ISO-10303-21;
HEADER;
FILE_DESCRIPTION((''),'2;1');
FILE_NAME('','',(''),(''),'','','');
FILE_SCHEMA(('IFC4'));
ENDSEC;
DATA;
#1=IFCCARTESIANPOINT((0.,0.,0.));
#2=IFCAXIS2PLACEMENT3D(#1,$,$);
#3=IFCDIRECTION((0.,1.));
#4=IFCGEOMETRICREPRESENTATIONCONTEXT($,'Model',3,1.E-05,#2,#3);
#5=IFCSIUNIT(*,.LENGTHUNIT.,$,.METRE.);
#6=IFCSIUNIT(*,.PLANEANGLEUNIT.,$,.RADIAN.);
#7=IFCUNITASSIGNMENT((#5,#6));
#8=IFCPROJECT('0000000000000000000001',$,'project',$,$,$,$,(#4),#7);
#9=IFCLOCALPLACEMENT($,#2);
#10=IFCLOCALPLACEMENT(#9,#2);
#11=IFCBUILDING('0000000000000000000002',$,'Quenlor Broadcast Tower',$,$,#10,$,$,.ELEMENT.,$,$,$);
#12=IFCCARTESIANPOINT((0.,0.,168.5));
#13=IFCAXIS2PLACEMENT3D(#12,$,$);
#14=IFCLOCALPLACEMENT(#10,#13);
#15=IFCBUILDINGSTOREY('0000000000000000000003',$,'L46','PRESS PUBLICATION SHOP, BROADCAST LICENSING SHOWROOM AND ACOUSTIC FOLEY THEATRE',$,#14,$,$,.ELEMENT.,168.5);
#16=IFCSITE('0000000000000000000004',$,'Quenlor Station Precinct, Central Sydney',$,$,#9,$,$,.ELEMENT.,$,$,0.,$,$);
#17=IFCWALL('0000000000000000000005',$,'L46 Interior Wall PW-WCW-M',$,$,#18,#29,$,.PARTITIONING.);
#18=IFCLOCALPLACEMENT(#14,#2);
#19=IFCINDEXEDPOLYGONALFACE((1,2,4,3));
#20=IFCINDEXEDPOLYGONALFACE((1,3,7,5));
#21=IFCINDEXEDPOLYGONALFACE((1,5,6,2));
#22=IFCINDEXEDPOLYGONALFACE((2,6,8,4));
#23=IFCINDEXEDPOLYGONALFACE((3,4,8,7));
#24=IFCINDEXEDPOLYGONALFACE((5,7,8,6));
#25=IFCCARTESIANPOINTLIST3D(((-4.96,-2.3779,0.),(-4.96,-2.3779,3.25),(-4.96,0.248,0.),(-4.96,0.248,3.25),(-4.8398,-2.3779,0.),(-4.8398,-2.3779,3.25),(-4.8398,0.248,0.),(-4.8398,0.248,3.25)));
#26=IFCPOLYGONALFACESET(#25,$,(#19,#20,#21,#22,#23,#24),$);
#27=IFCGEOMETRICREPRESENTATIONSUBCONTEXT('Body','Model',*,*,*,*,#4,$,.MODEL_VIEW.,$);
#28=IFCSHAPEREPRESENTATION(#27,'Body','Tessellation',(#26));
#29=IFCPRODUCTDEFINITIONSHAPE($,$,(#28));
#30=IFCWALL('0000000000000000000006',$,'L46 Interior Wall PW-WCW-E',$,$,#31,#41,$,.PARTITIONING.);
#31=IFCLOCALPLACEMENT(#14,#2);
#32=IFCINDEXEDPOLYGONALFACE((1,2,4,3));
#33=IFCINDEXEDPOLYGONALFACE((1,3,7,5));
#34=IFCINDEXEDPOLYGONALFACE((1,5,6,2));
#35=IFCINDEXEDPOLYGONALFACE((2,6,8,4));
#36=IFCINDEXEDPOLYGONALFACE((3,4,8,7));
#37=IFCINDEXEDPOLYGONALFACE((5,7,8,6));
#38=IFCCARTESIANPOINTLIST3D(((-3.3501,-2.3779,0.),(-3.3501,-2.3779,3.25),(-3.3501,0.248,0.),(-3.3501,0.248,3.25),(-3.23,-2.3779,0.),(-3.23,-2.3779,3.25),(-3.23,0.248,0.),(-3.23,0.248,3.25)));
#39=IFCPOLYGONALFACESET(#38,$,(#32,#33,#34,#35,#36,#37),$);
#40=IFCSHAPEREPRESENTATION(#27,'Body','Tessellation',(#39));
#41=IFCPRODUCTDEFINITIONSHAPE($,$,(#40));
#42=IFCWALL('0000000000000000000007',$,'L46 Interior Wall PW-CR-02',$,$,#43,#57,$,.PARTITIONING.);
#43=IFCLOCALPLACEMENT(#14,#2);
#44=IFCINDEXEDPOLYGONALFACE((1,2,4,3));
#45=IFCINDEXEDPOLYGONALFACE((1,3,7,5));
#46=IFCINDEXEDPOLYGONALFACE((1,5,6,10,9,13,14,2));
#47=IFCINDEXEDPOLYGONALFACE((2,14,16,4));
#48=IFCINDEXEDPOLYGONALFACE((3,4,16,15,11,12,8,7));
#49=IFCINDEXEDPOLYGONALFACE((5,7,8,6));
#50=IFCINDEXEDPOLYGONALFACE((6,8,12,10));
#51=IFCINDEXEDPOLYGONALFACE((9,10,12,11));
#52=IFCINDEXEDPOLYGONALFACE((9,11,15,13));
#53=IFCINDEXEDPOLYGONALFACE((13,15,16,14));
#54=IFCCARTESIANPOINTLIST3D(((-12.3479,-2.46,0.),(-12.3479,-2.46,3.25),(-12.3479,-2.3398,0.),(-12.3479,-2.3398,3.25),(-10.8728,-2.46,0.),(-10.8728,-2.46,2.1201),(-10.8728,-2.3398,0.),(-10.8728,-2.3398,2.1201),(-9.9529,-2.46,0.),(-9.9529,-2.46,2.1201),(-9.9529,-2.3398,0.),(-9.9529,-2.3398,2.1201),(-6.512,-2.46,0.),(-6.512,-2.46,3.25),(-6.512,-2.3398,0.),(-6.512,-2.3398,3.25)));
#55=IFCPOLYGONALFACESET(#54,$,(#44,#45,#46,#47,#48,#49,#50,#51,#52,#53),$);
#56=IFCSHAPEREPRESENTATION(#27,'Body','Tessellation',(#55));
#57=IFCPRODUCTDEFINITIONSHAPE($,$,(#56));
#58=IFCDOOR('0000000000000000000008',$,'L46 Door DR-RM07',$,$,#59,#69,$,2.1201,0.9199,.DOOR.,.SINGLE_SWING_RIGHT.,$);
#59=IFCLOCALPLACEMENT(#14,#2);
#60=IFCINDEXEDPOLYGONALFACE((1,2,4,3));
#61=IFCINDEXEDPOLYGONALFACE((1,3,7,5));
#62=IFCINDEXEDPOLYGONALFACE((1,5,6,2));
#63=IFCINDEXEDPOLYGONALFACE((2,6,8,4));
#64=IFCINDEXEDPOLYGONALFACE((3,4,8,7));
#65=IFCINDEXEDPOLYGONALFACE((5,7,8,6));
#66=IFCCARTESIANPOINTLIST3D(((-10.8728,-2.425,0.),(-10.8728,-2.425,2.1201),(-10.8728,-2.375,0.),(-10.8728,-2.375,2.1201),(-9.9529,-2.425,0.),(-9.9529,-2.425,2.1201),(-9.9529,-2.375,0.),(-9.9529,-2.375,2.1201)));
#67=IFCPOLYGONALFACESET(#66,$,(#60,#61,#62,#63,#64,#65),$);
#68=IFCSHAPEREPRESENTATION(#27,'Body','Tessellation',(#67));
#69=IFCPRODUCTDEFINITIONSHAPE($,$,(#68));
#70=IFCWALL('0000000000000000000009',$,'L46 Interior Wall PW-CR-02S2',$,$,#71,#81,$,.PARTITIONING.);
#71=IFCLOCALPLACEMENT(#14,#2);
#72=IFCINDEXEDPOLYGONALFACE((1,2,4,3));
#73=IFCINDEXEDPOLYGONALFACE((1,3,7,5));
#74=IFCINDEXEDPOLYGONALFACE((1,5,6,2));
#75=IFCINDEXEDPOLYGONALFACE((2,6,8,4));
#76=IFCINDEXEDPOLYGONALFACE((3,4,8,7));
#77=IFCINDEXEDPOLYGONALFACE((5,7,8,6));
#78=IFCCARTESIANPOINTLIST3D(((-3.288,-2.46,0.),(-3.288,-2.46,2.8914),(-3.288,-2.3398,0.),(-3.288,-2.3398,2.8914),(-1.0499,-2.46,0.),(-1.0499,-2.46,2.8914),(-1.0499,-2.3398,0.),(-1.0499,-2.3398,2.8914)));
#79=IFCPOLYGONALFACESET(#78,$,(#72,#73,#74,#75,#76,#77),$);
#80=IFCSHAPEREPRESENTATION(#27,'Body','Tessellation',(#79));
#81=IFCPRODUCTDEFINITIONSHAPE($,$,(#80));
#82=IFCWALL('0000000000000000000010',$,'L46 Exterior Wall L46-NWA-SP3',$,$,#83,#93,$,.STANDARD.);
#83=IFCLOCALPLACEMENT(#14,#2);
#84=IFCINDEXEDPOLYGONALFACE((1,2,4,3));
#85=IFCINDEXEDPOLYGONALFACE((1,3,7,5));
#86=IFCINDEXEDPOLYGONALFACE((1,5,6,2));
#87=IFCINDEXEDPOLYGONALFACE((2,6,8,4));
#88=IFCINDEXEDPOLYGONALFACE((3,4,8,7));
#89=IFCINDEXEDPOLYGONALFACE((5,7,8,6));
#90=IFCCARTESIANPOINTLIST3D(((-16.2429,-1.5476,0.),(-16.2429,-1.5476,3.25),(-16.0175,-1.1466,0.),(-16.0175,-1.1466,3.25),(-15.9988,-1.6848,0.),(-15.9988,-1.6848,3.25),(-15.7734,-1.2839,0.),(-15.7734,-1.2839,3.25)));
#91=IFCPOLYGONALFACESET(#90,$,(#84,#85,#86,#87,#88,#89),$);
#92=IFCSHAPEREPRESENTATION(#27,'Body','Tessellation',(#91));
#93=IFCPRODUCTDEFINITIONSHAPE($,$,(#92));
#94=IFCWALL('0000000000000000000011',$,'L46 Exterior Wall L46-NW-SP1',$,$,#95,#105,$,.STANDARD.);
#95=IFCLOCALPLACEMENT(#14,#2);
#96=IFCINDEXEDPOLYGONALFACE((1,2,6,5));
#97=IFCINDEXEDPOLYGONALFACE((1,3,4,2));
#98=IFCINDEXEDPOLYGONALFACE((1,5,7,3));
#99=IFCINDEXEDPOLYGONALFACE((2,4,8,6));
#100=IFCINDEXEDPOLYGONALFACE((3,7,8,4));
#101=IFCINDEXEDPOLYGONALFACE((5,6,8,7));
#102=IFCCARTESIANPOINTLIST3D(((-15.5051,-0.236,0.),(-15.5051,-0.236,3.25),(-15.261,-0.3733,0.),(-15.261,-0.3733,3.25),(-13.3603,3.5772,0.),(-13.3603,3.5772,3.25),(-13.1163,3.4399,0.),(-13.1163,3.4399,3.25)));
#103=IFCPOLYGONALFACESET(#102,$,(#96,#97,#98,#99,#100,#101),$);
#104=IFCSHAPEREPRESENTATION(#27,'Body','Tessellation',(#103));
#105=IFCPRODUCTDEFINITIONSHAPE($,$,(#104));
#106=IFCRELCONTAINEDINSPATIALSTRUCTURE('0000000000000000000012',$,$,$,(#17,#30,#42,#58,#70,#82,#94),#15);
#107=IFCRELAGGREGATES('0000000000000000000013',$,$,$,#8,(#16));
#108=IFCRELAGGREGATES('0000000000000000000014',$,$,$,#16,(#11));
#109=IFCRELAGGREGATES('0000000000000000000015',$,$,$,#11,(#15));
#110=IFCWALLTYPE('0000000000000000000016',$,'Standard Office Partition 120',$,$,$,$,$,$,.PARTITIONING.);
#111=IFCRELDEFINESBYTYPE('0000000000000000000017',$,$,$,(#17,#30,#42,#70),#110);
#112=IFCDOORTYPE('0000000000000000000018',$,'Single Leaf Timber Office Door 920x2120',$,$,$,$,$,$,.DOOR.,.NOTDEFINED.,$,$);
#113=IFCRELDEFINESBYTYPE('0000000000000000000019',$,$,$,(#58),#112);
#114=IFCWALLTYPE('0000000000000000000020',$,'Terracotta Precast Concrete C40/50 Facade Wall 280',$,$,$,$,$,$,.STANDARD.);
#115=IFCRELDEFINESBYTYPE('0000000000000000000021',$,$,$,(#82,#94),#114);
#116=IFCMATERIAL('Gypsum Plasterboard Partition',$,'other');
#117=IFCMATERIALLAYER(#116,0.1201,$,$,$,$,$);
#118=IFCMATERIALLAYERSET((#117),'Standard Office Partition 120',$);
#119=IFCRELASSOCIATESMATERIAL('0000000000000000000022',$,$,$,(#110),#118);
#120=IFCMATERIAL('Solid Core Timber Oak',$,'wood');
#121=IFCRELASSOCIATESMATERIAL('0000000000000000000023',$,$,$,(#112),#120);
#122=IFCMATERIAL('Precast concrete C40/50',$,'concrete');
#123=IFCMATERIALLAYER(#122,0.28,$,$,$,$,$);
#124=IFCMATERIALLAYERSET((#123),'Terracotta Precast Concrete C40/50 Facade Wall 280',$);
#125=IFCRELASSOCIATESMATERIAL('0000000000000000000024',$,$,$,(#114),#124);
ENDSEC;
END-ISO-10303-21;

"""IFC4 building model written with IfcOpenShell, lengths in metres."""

from ifc_helpers import new_model, si_unit, direction, frame, frame_2d, origin, place, context, subcontext, project, spatial, rectangle, extrude, material, layer, layer_set, type_object, element, fill, save


model = new_model("IFC4")

# Units and contexts
model_context = context("Model", 3, precision=1e-05, world=origin(), true_north=direction((0.0, 1.0)))
body_context = subcontext(model_context, "Body", "Model", "MODEL_VIEW")
ifc_project = project(units=[si_unit("LENGTHUNIT", "METRE"), si_unit("PLANEANGLEUNIT", "RADIAN")], contexts=[model_context])

# Site, building, storey
site_placement = place(None, origin())
site = spatial("IfcSite", under=ifc_project, at=site_placement, Name="Quenlor Station Precinct, Central Sydney", CompositionType="ELEMENT", RefElevation=0.0)
building_placement = place(site_placement, origin())
building = spatial("IfcBuilding", under=site, at=building_placement, Name="Quenlor Broadcast Tower", CompositionType="ELEMENT")
storey_placement = place(building_placement, frame((0.0, 0.0, 168.5)))
storey = spatial("IfcBuildingStorey", under=building, at=storey_placement, Name="L46", Description="PRESS PUBLICATION SHOP, BROADCAST LICENSING SHOWROOM AND ACOUSTIC FOLEY THEATRE", CompositionType="ELEMENT", Elevation=168.5)

# Shared definitions
ifc_material_1 = material(Name="Gypsum Plasterboard Partition", Category="other")
ifc_layer_1 = layer(ifc_material_1, 0.1201)
ifc_layer_set_1 = layer_set([ifc_layer_1], Name="Standard Office Partition 120")
wall_type_1 = type_object("IfcWallType", Name="Standard Office Partition 120", PredefinedType="PARTITIONING", material=ifc_layer_set_1)

# Walls
for number, where, z_axis, x_axis, name in (
    (1, (-4.8999, -2.3779, 0.0), (0.0, 0.0, 1.0), (0.0, 1.0, 0.0), "L46 Interior Wall PW-WCW-M"),
    (2, (-3.29, -2.3779, 0.0), (0.0, 0.0, 1.0), (0.0, 1.0, 0.0), "L46 Interior Wall PW-WCW-E"),
):
    element("IfcWall", number, at=place(storey_placement, frame(where, z_axis=z_axis, x_axis=x_axis)), inside=storey, type_object=wall_type_1, Name=name, PredefinedType="PARTITIONING", context=body_context, shape_type="SweptSolid", body=[
        extrude(rectangle(XDim=2.626, YDim=0.1201, at=frame_2d((1.313, 0.0))), origin(), (0.0, 0.0, 1.0), 3.25),
    ])

# Wall, opening, door
wall_1_placement = place(storey_placement, frame((-12.3479, -2.3999, 0.0), z_axis=(0.0, 0.0, 1.0), x_axis=(1.0, 0.0, 0.0)))
wall_1 = element("IfcWall", 3, at=wall_1_placement, inside=storey, type_object=wall_type_1, Name="L46 Interior Wall PW-CR-02", PredefinedType="PARTITIONING", context=body_context, shape_type="SweptSolid", body=[
    extrude(rectangle(XDim=5.8359, YDim=0.1201, at=frame_2d((2.918, 0.0))), origin(), (0.0, 0.0, 1.0), 3.25),
])
opening_1_placement = place(wall_1_placement, frame((1.4751, 0.0, 0.0)))
opening_1 = element("IfcOpeningElement", 4, at=opening_1_placement, cuts=wall_1, PredefinedType="OPENING", context=body_context, shape_type="SweptSolid", body=[
    extrude(rectangle(XDim=0.9199, YDim=2.1201, at=frame_2d((0.46, 1.0601))), frame((0.0, 0.0701, 0.0), z_axis=(0.0, -1.0, 0.0), x_axis=(1.0, 0.0, 0.0)), (0.0, 0.0, 1.0), 0.1401),
])
ifc_material_2 = material(Name="Solid Core Timber Oak", Category="wood")
door_type_1 = type_object("IfcDoorType", Name="Single Leaf Timber Office Door 920x2120", OperationType="NOTDEFINED", PredefinedType="DOOR", material=ifc_material_2)
door_1_placement = place(opening_1_placement, origin())
door_1 = element("IfcDoor", 5, at=door_1_placement, inside=storey, type_object=door_type_1, Name="L46 Door DR-RM07", OperationType="SINGLE_SWING_RIGHT", OverallHeight=2.1201, OverallWidth=0.9199, PredefinedType="DOOR", context=body_context, shape_type="SweptSolid", body=[
    extrude(rectangle(XDim=0.9199, YDim=2.1201, at=frame_2d((0.46, 1.0601))), frame((0.0, 0.0249, 0.0), z_axis=(0.0, -1.0, 0.0), x_axis=(1.0, 0.0, 0.0)), (0.0, 0.0, 1.0), 0.05),
])
fill(opening_1, door_1)

# Walls
wall_2_placement = place(storey_placement, frame((-3.2881, -2.3999, 0.0), z_axis=(0.0, 0.0, 1.0), x_axis=(1.0, 0.0, 0.0)))
element("IfcWall", 6, at=wall_2_placement, inside=storey, type_object=wall_type_1, Name="L46 Interior Wall PW-CR-02S2", PredefinedType="PARTITIONING", context=body_context, shape_type="SweptSolid", body=[
    extrude(rectangle(XDim=2.238, YDim=0.1201, at=frame_2d((1.1191, 0.0))), origin(), (0.0, 0.0, 1.0), 2.8914),
])
ifc_material_3 = material(Name="Precast concrete C40/50", Category="concrete")
ifc_layer_2 = layer(ifc_material_3, 0.28)
ifc_layer_set_2 = layer_set([ifc_layer_2], Name="Terracotta Precast Concrete C40/50 Facade Wall 280")
wall_type_2 = type_object("IfcWallType", Name="Terracotta Precast Concrete C40/50 Facade Wall 280", PredefinedType="STANDARD", material=ifc_layer_set_2)
wall_3_placement = place(storey_placement, frame((-16.1208, -1.6162, 0.0), z_axis=(0.0, 0.0, 1.0), x_axis=(0.490009, 0.871717, 0.0)))
element("IfcWall", 7, at=wall_3_placement, inside=storey, type_object=wall_type_2, Name="L46 Exterior Wall L46-NWA-SP3", PredefinedType="STANDARD", context=body_context, shape_type="SweptSolid", body=[
    extrude(rectangle(XDim=0.46, YDim=0.28, at=frame_2d((0.23, 0.0))), origin(), (0.0, 0.0, 1.0), 3.25),
])
wall_4_placement = place(storey_placement, frame((-15.3831, -0.3047, 0.0), z_axis=(0.0, 0.0, 1.0), x_axis=(0.490232, 0.871592, 0.0)))
element("IfcWall", 8, at=wall_4_placement, inside=storey, type_object=wall_type_2, Name="L46 Exterior Wall L46-NW-SP1", PredefinedType="STANDARD", context=body_context, shape_type="SweptSolid", body=[
    extrude(rectangle(XDim=4.375, YDim=0.28, at=frame_2d((2.1875, 0.0))), origin(), (0.0, 0.0, 1.0), 3.25),
])

save(model, "model.ifc")
